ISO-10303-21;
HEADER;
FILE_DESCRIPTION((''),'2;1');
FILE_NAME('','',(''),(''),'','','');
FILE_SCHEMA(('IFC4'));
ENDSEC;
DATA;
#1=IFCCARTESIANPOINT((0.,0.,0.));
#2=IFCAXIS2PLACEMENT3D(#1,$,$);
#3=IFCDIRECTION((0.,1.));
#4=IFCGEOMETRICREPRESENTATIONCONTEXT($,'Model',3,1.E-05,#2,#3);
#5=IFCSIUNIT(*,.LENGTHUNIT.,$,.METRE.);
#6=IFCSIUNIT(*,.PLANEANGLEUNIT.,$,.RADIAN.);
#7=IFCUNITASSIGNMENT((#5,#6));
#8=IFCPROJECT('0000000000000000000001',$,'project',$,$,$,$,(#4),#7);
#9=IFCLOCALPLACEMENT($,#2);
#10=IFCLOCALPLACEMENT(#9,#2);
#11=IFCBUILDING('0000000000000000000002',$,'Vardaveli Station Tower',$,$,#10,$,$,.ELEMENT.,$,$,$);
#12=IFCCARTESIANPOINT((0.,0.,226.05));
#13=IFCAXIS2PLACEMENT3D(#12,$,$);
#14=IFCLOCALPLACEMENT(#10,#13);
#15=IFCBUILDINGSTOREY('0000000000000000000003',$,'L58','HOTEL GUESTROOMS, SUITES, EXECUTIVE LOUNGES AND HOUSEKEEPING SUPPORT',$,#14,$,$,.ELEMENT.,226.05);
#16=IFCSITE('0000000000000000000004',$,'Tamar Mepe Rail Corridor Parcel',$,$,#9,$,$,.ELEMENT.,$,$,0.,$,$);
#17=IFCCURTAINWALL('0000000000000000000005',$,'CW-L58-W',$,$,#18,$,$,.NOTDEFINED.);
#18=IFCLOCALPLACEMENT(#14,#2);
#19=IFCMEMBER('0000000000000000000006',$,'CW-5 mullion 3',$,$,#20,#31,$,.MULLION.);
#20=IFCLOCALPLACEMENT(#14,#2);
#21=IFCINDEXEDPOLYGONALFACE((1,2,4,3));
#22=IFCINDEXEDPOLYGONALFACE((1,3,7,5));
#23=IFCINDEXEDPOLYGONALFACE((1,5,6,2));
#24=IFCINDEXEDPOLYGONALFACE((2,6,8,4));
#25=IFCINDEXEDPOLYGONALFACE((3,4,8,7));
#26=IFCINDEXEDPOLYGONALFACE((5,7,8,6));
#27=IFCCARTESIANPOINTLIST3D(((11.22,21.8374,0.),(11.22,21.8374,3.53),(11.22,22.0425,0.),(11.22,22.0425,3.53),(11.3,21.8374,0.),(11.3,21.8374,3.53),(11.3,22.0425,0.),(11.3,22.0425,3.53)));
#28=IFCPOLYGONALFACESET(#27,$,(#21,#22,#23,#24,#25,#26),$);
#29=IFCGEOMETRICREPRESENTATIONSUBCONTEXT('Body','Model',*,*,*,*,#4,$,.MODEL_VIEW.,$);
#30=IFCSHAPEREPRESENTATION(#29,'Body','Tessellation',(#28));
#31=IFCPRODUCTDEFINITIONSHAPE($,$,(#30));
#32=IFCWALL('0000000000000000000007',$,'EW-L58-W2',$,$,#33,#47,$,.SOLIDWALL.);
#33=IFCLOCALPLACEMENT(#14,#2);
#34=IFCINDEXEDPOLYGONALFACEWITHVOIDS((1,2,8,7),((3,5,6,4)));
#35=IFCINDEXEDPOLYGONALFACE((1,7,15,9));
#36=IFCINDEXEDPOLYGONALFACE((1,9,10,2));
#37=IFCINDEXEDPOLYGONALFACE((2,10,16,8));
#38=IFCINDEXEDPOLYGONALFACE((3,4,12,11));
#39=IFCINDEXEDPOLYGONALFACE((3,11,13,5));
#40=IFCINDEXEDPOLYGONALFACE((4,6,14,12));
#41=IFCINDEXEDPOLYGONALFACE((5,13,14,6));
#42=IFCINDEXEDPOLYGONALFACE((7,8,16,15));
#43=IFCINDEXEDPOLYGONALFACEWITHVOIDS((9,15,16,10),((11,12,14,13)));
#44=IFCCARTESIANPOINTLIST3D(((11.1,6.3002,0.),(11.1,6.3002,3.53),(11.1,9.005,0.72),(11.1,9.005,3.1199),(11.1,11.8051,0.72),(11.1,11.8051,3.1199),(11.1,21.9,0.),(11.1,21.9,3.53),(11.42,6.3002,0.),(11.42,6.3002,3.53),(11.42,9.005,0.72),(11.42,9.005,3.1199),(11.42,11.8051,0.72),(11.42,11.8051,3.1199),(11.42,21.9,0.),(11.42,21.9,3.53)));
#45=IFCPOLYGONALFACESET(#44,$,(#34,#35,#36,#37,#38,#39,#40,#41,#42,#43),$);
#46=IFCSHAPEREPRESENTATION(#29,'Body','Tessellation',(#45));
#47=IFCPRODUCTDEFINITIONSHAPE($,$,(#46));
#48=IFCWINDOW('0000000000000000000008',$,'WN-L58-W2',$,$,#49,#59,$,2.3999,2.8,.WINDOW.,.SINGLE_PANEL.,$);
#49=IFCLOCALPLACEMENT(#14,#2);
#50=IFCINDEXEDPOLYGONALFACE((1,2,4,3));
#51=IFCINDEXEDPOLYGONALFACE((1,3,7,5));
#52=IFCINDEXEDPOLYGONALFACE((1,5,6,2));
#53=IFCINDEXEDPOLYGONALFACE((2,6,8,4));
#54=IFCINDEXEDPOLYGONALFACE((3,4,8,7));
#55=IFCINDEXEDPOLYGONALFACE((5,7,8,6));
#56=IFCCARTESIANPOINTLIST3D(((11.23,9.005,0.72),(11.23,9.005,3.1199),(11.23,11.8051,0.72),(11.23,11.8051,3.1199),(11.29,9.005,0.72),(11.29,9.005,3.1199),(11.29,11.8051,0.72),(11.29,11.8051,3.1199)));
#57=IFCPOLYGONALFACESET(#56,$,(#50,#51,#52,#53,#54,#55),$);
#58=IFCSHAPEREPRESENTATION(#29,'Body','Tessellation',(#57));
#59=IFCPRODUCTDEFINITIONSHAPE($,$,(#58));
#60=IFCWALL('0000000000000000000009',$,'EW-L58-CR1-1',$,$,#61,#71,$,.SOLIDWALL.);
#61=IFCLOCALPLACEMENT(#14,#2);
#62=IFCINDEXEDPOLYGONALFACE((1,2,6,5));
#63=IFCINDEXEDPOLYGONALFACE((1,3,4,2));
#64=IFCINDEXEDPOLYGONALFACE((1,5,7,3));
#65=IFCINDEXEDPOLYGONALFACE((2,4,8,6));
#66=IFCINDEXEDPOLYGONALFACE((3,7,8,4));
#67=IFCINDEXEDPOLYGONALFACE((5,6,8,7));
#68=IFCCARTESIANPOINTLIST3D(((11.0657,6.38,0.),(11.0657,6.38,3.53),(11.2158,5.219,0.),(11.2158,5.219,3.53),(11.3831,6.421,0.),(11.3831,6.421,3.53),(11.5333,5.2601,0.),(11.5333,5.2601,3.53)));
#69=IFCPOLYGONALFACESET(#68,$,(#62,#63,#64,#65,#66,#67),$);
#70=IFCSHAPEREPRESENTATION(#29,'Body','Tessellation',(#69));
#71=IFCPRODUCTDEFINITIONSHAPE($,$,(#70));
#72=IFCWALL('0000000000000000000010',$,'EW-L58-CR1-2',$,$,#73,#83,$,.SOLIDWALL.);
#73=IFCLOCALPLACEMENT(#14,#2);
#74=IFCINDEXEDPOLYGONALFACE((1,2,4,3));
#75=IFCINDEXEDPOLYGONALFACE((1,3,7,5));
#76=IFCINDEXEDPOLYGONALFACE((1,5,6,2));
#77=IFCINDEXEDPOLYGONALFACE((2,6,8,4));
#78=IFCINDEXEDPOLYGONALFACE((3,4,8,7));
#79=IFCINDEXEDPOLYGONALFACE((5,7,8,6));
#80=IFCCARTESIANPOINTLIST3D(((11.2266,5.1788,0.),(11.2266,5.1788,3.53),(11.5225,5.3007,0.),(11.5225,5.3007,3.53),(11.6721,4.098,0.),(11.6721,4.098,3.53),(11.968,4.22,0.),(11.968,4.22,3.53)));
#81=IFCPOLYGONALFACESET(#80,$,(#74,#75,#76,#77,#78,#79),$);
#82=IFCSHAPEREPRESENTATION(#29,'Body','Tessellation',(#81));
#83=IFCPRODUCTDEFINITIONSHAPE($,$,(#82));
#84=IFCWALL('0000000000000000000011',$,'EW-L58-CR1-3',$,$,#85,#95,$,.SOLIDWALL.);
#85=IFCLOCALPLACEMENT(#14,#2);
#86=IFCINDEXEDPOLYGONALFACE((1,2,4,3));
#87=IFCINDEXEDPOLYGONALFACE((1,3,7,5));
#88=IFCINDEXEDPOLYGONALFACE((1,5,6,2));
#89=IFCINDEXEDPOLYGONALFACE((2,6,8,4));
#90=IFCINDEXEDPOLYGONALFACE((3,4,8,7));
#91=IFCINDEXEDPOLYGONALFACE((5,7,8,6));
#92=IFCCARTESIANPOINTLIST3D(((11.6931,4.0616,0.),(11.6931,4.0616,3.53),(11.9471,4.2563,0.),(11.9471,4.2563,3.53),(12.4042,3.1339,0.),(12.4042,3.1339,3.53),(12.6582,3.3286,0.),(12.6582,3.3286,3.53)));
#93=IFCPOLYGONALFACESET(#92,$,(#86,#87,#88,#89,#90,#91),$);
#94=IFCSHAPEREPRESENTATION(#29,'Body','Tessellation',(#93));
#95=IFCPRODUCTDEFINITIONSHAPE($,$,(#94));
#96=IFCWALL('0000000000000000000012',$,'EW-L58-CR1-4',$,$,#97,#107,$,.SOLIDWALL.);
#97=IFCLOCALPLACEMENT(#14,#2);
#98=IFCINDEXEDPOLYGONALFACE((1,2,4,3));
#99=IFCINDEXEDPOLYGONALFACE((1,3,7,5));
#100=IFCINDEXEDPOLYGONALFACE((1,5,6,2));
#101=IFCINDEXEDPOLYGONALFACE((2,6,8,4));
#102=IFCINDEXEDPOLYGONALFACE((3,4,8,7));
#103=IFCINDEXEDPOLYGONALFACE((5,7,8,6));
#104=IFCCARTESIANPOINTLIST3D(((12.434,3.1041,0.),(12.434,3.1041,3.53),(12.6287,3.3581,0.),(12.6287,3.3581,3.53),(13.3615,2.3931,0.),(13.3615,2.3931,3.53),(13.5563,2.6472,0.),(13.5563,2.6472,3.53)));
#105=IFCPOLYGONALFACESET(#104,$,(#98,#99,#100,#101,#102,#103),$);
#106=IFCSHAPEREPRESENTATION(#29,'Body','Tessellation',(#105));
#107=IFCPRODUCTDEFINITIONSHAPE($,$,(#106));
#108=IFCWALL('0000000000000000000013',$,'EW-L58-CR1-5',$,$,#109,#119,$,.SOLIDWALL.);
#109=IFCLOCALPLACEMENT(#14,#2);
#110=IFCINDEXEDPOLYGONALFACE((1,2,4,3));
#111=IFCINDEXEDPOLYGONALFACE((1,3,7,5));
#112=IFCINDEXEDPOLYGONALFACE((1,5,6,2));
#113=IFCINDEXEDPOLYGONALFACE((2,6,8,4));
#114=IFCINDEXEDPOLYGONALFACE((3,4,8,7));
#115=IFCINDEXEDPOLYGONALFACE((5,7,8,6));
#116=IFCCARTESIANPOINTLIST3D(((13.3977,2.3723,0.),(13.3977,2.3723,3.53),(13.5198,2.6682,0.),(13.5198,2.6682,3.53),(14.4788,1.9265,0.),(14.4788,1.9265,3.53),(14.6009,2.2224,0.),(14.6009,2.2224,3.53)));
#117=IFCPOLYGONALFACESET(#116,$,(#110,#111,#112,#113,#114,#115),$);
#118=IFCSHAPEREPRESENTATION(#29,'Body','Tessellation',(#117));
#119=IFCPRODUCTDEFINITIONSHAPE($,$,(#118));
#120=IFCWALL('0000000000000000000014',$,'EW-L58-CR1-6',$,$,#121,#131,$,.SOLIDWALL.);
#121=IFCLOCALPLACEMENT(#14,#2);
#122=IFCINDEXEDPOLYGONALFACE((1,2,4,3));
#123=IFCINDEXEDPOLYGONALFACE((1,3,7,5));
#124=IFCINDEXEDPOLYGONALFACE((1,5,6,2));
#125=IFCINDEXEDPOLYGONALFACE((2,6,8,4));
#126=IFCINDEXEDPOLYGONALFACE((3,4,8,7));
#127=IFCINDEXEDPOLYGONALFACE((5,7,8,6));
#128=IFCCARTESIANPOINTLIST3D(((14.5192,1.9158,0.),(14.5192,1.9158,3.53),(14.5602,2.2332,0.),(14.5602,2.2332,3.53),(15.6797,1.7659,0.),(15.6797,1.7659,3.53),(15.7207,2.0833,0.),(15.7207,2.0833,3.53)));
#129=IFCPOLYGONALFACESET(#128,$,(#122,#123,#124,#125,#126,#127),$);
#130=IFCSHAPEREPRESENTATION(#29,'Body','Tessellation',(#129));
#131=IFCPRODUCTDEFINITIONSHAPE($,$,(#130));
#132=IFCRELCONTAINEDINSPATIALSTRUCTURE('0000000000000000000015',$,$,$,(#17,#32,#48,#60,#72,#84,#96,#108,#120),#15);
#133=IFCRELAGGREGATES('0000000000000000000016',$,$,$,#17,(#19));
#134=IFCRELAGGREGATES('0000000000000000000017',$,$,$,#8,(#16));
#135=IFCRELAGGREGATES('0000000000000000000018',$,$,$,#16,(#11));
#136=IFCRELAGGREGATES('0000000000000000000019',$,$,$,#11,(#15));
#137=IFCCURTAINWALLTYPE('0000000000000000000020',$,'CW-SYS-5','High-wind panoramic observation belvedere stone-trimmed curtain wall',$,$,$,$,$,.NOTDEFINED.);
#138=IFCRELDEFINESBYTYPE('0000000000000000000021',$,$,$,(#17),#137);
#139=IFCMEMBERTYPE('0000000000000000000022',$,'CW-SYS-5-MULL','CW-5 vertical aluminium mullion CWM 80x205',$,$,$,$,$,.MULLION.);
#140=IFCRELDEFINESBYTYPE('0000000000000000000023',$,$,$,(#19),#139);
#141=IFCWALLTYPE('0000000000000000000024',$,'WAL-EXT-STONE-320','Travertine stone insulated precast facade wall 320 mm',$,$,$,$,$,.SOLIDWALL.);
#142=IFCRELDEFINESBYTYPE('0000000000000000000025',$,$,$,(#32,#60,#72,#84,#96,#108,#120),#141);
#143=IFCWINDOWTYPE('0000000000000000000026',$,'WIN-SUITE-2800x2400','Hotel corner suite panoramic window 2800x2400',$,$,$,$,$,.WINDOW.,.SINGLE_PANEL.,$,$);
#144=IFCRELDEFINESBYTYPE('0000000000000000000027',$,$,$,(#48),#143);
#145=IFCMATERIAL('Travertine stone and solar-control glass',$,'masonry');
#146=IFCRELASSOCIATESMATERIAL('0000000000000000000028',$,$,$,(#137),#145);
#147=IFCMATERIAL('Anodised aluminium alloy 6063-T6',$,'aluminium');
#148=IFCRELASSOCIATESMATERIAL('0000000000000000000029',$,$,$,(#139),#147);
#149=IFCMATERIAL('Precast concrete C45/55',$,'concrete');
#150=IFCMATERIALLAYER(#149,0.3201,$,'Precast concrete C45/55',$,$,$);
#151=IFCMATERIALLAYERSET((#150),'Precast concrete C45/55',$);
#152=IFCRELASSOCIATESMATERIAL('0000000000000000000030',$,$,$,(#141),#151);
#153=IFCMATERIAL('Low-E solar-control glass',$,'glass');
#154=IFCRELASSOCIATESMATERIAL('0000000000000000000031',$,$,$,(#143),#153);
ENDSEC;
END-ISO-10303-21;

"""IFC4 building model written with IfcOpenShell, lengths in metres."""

from ifc_helpers import new_model, si_unit, direction, frame, frame_2d, origin, origin_2d, place, context, subcontext, project, spatial, rectangle, extrude, source, transform, mapped, material, layer, layer_set, material_profile, profile_set, type_object, element, fill, aggregate, save


model = new_model("IFC4")

# Units and contexts
model_context = context("Model", 3, precision=1e-05, world=origin(), true_north=direction((0.0, 1.0)))
body_context = subcontext(model_context, "Body", "Model", "MODEL_VIEW")
ifc_project = project(units=[si_unit("LENGTHUNIT", "METRE"), si_unit("PLANEANGLEUNIT", "RADIAN")], contexts=[model_context])

# Site, building, storey
site_placement = place(None, origin())
site = spatial("IfcSite", under=ifc_project, at=site_placement, Name="Tamar Mepe Rail Corridor Parcel", CompositionType="ELEMENT", RefElevation=0.0)
building_placement = place(site_placement, origin())
building = spatial("IfcBuilding", under=site, at=building_placement, Name="Vardaveli Station Tower", CompositionType="ELEMENT")
storey_placement = place(building_placement, frame((0.0, 0.0, 226.05)))
storey = spatial("IfcBuildingStorey", under=building, at=storey_placement, Name="L58", Description="HOTEL GUESTROOMS, SUITES, EXECUTIVE LOUNGES AND HOUSEKEEPING SUPPORT", CompositionType="ELEMENT", Elevation=226.05)

# Shared definitions
ifc_material_1 = material(Name="Precast concrete C45/55", Category="concrete")

# Curtain wall, member
ifc_material_2 = material(Name="Travertine stone and solar-control glass", Category="masonry")
curtain_wall_type = type_object("IfcCurtainWallType", Name="CW-SYS-5", Description="High-wind panoramic observation belvedere stone-trimmed curtain wall", PredefinedType="NOTDEFINED", material=ifc_material_2)
curtain_wall_placement = place(storey_placement, origin())
curtain_wall = element("IfcCurtainWall", 1, at=curtain_wall_placement, inside=storey, type_object=curtain_wall_type, Name="CW-L58-W", PredefinedType="NOTDEFINED")
ifc_material_3 = material(Name="Anodised aluminium alloy 6063-T6", Category="aluminium")
ifc_material_profile_1 = material_profile(ifc_material_3, rectangle(XDim=0.0801, YDim=0.2051, at=origin_2d()), Name="CWM 80x205")
ifc_profile_set_1 = profile_set([ifc_material_profile_1], Name="Anodised aluminium alloy 6063-T6")
member_type = type_object("IfcMemberType", Name="CW-SYS-5-MULL", Description="CW-5 vertical aluminium mullion CWM 80x205", PredefinedType="MULLION", material=ifc_profile_set_1)
shared_shape_1 = source(origin(), body_context, "Body", "SweptSolid", [
    extrude(rectangle(XDim=0.0801, YDim=0.2051, at=origin_2d()), origin(), (0.0, 0.0, 1.0), 3.53),
])
member_placement = place(storey_placement, frame((11.26, 21.9399, 0.0), z_axis=(0.0, 0.0, 1.0), x_axis=(1.0, 0.0, 0.0)))
member = element("IfcMember", 2, at=member_placement, type_object=member_type, Name="CW-5 mullion 3", PredefinedType="MULLION", context=body_context, shape_type="MappedRepresentation", body=[
    mapped(shared_shape_1, transform((0.0, 0.0, 0.0), scale=1.0)),
])
aggregate(curtain_wall, [member])

# Wall, opening, window
ifc_layer_1 = layer(ifc_material_1, 0.3201, Name="Precast concrete C45/55")
ifc_layer_set_1 = layer_set([ifc_layer_1], Name="Precast concrete C45/55")
wall_type_1 = type_object("IfcWallType", Name="WAL-EXT-STONE-320", Description="Travertine stone insulated precast facade wall 320 mm", PredefinedType="SOLIDWALL", material=ifc_layer_set_1)
shared_shape_2 = source(origin(), body_context, "Body", "SweptSolid", [
    extrude(rectangle(XDim=15.5999, YDim=0.3201, at=frame_2d((7.7998, 0.0))), origin(), (0.0, 0.0, 1.0), 3.53),
])
wall_1_placement = place(storey_placement, frame((11.26, 21.8999, 0.0), z_axis=(0.0, 0.0, 1.0), x_axis=(0.0, -1.0, 0.0)))
wall_1 = element("IfcWall", 3, at=wall_1_placement, inside=storey, type_object=wall_type_1, Name="EW-L58-W2", PredefinedType="SOLIDWALL", context=body_context, shape_type="MappedRepresentation", body=[
    mapped(shared_shape_2, transform((0.0, 0.0, 0.0), scale=1.0)),
])
shared_shape_3 = source(origin(), body_context, "Body", "SweptSolid", [
    extrude(rectangle(XDim=2.8, YDim=2.3999, at=frame_2d((1.3999, 1.2))), frame((0.0, 0.1699, 0.0), z_axis=(0.0, -1.0, 0.0), x_axis=(1.0, 0.0, 0.0)), (0.0, 0.0, 1.0), 0.3401),
])
opening_1_placement = place(wall_1_placement, frame((10.095, 0.0, 0.72)))
opening_1 = element("IfcOpeningElement", 4, at=opening_1_placement, cuts=wall_1, PredefinedType="OPENING", context=body_context, shape_type="MappedRepresentation", body=[
    mapped(shared_shape_3, transform((0.0, 0.0, 0.0), scale=1.0)),
])
ifc_material_4 = material(Name="Low-E solar-control glass", Category="glass")
window_type = type_object("IfcWindowType", Name="WIN-SUITE-2800x2400", Description="Hotel corner suite panoramic window 2800x2400", PartitioningType="SINGLE_PANEL", PredefinedType="WINDOW", material=ifc_material_4)
shared_shape_4 = source(origin(), body_context, "Body", "SweptSolid", [
    extrude(rectangle(XDim=2.8, YDim=2.3999, at=frame_2d((1.3999, 1.2))), frame((0.0, 0.03, 0.0), z_axis=(0.0, -1.0, 0.0), x_axis=(1.0, 0.0, 0.0)), (0.0, 0.0, 1.0), 0.0601),
])
window_placement = place(opening_1_placement, origin())
window = element("IfcWindow", 5, at=window_placement, inside=storey, type_object=window_type, Name="WN-L58-W2", OverallHeight=2.3999, OverallWidth=2.8, PartitioningType="SINGLE_PANEL", PredefinedType="WINDOW", context=body_context, shape_type="MappedRepresentation", body=[
    mapped(shared_shape_4, transform((0.0, 0.0, 0.0), scale=1.0)),
])
fill(opening_1, window)

# Walls
shared_shape_5 = source(origin(), body_context, "Body", "SweptSolid", [
    extrude(rectangle(XDim=1.1707, YDim=0.3201, at=frame_2d((0.5854, 0.0))), origin(), (0.0, 0.0, 1.0), 3.53),
])
wall_2_placement = place(storey_placement, frame((11.2244, 6.4006, 0.0), z_axis=(0.0, 0.0, 1.0), x_axis=(0.128269, -0.991739, 0.0)))
element("IfcWall", 6, at=wall_2_placement, inside=storey, type_object=wall_type_1, Name="EW-L58-CR1-1", PredefinedType="SOLIDWALL", context=body_context, shape_type="MappedRepresentation", body=[
    mapped(shared_shape_5, transform((0.0, 0.0, 0.0), scale=1.0)),
])
shared_shape_6 = source(origin(), body_context, "Body", "SweptSolid", [
    extrude(rectangle(XDim=1.1689, YDim=0.3201, at=frame_2d((0.5845, 0.0))), origin(), (0.0, 0.0, 1.0), 3.53),
])
for number, where, z_axis, x_axis, name in (
    (7, (11.3745, 5.2397, 0.0), (0.0, 0.0, 1.0), (0.381128, -0.924522, 0.0), "EW-L58-CR1-2"),
    (8, (11.8201, 4.1589, 0.0), (0.0, 0.0, 1.0), (0.608388, -0.79364, 0.0), "EW-L58-CR1-3"),
):
    element("IfcWall", number, at=place(storey_placement, frame(where, z_axis=z_axis, x_axis=x_axis)), inside=storey, type_object=wall_type_1, Name=name, PredefinedType="SOLIDWALL", context=body_context, shape_type="MappedRepresentation", body=[
        mapped(shared_shape_6, transform((0.0, 0.0, 0.0), scale=1.0)),
    ])
shared_shape_7 = source(origin(), body_context, "Body", "SweptSolid", [
    extrude(rectangle(XDim=1.1687, YDim=0.3201, at=frame_2d((0.5845, 0.0))), origin(), (0.0, 0.0, 1.0), 3.53),
])
wall_3_placement = place(storey_placement, frame((12.5312, 3.2312, 0.0), z_axis=(0.0, 0.0, 1.0), x_axis=(0.793664, -0.608357, 0.0)))
element("IfcWall", 9, at=wall_3_placement, inside=storey, type_object=wall_type_1, Name="EW-L58-CR1-4", PredefinedType="SOLIDWALL", context=body_context, shape_type="MappedRepresentation", body=[
    mapped(shared_shape_7, transform((0.0, 0.0, 0.0), scale=1.0)),
])
shared_shape_8 = source(origin(), body_context, "Body", "SweptSolid", [
    extrude(rectangle(XDim=1.1694, YDim=0.3201, at=frame_2d((0.5847, 0.0))), origin(), (0.0, 0.0, 1.0), 3.53),
])
wall_4_placement = place(storey_placement, frame((13.4587, 2.5203, 0.0), z_axis=(0.0, 0.0, 1.0), x_axis=(0.924479, -0.381233, 0.0)))
element("IfcWall", 10, at=wall_4_placement, inside=storey, type_object=wall_type_1, Name="EW-L58-CR1-5", PredefinedType="SOLIDWALL", context=body_context, shape_type="MappedRepresentation", body=[
    mapped(shared_shape_8, transform((0.0, 0.0, 0.0), scale=1.0)),
])
shared_shape_9 = source(origin(), body_context, "Body", "SweptSolid", [
    extrude(rectangle(XDim=1.1702, YDim=0.3201, at=frame_2d((0.585, 0.0))), origin(), (0.0, 0.0, 1.0), 3.53),
])
wall_5_placement = place(storey_placement, frame((14.5398, 2.0745, 0.0), z_axis=(0.0, 0.0, 1.0), x_axis=(0.991762, -0.12809, 0.0)))
element("IfcWall", 11, at=wall_5_placement, inside=storey, type_object=wall_type_1, Name="EW-L58-CR1-6", PredefinedType="SOLIDWALL", context=body_context, shape_type="MappedRepresentation", body=[
    mapped(shared_shape_9, transform((0.0, 0.0, 0.0), scale=1.0)),
])

save(model, "model.ifc")
